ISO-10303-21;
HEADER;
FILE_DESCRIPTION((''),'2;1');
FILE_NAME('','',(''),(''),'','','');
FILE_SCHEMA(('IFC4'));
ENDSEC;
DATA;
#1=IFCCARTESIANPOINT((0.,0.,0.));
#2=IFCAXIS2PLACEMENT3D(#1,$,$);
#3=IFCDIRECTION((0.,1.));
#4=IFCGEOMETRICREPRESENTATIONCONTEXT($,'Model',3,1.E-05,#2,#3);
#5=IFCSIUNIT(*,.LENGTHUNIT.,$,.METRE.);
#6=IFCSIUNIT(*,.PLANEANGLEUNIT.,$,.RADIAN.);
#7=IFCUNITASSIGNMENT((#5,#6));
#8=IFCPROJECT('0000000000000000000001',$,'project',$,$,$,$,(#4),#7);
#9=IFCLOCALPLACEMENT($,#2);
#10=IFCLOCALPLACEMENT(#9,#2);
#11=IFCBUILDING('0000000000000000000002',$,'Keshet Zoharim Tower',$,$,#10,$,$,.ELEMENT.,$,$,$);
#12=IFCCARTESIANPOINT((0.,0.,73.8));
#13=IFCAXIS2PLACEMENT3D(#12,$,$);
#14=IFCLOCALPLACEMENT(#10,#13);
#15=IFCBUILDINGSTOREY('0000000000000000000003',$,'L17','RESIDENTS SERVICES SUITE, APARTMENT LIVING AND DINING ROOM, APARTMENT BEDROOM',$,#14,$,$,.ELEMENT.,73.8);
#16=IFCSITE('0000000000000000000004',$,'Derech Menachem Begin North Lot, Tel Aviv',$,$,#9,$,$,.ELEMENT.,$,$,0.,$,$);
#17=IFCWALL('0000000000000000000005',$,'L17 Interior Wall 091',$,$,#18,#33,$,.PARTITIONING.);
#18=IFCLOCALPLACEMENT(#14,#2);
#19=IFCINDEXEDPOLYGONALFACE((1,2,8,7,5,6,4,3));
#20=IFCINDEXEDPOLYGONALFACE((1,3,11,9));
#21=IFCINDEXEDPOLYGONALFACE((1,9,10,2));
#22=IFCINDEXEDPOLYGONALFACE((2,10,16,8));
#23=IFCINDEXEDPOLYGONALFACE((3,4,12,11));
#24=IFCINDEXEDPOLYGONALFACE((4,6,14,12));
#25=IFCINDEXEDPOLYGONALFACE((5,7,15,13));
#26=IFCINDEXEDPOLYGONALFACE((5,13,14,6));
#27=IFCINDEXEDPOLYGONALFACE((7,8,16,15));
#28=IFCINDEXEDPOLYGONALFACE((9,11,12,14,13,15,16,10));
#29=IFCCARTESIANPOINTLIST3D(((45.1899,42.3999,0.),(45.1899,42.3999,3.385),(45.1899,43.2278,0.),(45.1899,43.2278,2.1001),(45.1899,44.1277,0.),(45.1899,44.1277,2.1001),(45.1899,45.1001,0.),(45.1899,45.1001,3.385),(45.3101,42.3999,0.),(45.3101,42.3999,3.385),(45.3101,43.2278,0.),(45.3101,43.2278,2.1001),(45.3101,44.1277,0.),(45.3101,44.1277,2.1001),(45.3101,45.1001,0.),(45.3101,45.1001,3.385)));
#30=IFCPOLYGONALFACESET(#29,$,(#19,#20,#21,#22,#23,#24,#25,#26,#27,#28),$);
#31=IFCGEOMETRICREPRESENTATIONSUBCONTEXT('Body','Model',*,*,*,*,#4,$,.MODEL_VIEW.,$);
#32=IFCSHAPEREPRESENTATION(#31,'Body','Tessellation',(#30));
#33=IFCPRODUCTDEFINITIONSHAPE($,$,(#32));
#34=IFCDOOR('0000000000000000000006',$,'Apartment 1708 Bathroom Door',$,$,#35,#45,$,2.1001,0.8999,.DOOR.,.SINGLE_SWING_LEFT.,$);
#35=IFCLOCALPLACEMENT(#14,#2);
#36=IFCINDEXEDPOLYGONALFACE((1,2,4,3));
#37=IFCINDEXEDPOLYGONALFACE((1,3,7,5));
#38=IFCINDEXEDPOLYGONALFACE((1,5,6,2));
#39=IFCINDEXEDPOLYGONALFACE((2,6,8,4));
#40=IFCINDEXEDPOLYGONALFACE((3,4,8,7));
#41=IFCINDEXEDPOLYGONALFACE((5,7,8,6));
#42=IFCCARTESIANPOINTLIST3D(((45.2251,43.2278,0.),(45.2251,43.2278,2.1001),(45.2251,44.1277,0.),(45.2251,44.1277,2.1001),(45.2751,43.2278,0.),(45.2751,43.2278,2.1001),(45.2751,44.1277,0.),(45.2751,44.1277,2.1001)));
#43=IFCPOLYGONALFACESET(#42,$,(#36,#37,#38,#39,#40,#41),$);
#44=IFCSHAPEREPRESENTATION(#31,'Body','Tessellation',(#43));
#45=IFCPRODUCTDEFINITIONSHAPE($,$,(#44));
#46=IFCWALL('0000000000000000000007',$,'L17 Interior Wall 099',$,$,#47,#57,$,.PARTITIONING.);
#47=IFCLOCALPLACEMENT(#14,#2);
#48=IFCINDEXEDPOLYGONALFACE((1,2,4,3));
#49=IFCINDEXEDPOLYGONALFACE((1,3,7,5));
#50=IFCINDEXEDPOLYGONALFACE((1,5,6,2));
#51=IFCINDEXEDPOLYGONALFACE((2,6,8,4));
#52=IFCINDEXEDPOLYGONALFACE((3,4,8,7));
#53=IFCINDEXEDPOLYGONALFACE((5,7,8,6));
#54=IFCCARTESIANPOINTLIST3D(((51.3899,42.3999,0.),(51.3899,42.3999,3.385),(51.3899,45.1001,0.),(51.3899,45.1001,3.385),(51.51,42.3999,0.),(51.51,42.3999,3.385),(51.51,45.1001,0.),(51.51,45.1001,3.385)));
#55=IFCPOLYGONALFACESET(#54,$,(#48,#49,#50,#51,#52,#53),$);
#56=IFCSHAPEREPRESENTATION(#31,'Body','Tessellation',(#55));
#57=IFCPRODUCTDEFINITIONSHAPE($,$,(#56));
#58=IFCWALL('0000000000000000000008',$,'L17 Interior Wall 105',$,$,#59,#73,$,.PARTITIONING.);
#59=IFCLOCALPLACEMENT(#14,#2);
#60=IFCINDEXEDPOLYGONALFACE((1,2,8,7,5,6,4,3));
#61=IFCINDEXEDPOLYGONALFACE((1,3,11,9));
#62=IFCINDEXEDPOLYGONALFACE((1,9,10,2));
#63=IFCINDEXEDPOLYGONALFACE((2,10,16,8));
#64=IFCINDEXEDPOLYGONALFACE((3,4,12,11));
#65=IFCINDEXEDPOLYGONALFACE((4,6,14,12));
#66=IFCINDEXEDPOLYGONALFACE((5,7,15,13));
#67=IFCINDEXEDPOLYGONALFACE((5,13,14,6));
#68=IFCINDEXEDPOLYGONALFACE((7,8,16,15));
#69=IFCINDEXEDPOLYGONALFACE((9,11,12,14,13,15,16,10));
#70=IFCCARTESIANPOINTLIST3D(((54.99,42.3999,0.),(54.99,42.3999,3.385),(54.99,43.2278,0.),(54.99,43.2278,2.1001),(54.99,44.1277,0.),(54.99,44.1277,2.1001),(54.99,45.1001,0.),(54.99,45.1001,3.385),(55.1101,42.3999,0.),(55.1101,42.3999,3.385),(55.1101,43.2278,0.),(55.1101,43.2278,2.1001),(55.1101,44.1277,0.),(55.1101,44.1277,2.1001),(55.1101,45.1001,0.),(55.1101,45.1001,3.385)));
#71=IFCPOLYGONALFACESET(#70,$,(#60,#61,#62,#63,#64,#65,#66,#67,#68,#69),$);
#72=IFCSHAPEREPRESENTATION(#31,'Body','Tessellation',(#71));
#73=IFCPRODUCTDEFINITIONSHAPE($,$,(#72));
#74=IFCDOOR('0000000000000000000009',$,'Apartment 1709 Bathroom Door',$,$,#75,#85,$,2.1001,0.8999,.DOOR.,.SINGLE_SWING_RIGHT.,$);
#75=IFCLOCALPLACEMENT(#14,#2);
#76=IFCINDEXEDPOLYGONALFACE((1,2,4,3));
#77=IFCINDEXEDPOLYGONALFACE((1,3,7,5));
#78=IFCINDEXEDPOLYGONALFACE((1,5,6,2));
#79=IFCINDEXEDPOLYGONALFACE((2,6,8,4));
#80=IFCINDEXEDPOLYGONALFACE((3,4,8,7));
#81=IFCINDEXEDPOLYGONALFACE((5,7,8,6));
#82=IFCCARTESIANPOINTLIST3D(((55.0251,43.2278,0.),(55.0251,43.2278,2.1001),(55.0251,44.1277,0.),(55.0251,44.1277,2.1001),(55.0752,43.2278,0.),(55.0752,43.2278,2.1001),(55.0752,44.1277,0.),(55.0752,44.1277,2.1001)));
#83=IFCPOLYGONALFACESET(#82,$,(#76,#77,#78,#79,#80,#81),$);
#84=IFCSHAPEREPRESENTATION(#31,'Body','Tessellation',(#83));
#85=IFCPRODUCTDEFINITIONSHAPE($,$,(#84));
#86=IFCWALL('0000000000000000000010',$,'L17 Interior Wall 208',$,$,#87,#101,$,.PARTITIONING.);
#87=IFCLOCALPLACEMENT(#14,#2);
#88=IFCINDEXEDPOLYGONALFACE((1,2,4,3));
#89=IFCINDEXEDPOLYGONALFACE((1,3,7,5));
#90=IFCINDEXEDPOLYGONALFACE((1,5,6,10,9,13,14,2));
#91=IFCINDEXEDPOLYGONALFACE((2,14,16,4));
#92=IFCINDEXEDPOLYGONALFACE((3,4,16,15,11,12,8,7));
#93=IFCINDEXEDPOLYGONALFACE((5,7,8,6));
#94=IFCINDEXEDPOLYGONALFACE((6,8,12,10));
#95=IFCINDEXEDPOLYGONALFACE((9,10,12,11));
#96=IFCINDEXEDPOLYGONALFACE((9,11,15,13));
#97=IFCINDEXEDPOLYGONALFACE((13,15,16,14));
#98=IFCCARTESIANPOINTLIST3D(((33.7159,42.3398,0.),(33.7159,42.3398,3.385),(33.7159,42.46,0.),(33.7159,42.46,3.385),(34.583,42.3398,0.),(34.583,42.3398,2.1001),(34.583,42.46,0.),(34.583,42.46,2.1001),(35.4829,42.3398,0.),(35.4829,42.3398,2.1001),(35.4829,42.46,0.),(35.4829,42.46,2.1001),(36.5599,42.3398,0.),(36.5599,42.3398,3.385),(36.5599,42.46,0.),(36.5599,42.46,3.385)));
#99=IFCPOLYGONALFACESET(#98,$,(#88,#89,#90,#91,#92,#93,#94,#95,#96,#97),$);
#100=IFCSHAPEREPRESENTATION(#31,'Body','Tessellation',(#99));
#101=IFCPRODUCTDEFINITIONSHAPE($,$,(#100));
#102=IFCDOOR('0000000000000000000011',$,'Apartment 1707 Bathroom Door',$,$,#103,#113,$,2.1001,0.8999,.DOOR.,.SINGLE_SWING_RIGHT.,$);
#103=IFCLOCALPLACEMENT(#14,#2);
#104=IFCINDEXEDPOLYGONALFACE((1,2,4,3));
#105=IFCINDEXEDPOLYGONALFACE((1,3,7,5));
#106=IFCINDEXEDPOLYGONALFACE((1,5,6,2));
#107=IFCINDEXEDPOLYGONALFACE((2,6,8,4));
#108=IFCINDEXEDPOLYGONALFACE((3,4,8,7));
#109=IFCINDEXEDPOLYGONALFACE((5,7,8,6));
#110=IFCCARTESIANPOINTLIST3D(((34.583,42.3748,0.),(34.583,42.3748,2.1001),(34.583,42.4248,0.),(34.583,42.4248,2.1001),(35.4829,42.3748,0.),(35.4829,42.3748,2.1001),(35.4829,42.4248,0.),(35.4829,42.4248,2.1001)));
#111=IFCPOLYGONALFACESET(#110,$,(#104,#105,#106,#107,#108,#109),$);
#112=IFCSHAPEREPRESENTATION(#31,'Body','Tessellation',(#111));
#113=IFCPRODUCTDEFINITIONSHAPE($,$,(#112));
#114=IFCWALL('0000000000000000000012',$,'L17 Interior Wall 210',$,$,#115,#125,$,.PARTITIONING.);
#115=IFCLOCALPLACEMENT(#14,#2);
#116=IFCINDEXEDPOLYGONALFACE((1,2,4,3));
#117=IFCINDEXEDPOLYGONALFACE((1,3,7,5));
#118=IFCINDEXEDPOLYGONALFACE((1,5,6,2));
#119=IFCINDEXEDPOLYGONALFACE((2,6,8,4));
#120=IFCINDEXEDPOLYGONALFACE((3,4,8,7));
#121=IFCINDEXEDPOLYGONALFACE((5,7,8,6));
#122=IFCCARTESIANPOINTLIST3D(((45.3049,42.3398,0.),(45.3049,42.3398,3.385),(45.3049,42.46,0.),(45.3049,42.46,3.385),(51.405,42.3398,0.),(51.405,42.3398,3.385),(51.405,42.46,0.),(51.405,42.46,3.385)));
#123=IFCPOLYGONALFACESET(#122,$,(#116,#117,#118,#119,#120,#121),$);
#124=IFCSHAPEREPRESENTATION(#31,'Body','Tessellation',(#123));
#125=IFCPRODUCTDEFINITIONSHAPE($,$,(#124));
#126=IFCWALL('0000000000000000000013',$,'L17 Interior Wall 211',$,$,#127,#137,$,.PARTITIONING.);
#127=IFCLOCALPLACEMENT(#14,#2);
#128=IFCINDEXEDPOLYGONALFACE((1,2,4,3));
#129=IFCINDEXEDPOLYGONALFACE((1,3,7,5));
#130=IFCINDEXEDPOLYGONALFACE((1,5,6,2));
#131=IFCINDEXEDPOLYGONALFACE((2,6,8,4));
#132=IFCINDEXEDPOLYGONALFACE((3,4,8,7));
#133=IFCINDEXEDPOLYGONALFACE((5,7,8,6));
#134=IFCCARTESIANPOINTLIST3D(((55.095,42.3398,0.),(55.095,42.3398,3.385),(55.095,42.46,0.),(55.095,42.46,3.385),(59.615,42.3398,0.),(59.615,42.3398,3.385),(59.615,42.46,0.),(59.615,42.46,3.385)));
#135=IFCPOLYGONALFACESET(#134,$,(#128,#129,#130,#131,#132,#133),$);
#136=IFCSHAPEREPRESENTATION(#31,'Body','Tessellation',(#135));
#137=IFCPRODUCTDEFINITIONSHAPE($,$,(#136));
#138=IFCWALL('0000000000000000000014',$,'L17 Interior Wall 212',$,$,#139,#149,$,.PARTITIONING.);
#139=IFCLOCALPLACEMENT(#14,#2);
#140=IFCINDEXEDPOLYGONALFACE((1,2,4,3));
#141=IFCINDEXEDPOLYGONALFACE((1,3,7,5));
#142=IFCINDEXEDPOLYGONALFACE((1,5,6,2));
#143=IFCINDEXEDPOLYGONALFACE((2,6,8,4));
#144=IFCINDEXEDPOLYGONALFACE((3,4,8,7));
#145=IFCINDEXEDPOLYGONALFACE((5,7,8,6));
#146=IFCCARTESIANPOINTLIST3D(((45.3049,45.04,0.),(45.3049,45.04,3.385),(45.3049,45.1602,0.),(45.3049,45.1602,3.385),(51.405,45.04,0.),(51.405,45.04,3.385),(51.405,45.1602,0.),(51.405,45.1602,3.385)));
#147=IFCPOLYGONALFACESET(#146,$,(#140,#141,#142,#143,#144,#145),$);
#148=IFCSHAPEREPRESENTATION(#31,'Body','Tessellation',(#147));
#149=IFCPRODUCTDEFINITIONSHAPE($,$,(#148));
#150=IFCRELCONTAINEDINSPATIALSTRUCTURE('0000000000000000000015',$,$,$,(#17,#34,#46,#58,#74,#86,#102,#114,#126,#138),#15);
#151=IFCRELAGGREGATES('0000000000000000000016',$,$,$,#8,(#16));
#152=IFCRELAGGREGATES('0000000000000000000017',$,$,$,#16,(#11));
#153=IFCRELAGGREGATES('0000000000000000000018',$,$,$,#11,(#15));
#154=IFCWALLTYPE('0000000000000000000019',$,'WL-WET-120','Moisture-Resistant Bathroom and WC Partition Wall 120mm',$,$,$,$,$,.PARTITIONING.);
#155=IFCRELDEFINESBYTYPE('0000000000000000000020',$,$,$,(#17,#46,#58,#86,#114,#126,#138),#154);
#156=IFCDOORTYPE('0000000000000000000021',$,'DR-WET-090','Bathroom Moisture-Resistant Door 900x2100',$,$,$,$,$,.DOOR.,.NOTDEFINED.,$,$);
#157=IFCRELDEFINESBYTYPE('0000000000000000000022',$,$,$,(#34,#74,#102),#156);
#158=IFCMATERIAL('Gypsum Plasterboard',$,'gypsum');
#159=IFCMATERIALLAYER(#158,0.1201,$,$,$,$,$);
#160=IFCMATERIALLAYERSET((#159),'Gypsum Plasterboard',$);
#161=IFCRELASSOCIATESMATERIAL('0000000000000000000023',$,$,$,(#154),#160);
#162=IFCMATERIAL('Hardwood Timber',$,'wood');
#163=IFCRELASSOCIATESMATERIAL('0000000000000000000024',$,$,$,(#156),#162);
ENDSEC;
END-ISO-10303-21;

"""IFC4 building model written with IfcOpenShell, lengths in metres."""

from ifc_helpers import new_model, si_unit, direction, frame, frame_2d, origin, place, context, subcontext, project, spatial, rectangle, extrude, material, layer, layer_set, type_object, element, fill, save


model = new_model("IFC4")

# Units and contexts
model_context = context("Model", 3, precision=1e-05, world=origin(), true_north=direction((0.0, 1.0)))
body_context = subcontext(model_context, "Body", "Model", "MODEL_VIEW")
ifc_project = project(units=[si_unit("LENGTHUNIT", "METRE"), si_unit("PLANEANGLEUNIT", "RADIAN")], contexts=[model_context])

# Site, building, storey
site_placement = place(None, origin())
site = spatial("IfcSite", under=ifc_project, at=site_placement, Name="Derech Menachem Begin North Lot, Tel Aviv", CompositionType="ELEMENT", RefElevation=0.0)
building_placement = place(site_placement, origin())
building = spatial("IfcBuilding", under=site, at=building_placement, Name="Keshet Zoharim Tower", CompositionType="ELEMENT")
storey_placement = place(building_placement, frame((0.0, 0.0, 73.8)))
storey = spatial("IfcBuildingStorey", under=building, at=storey_placement, Name="L17", Description="RESIDENTS SERVICES SUITE, APARTMENT LIVING AND DINING ROOM, APARTMENT BEDROOM", CompositionType="ELEMENT", Elevation=73.8)

# Shared definitions
ifc_material_1 = material(Name="Gypsum Plasterboard", Category="gypsum")

# Shared definitions
ifc_material_2 = material(Name="Hardwood Timber", Category="wood")

# Wall, opening, door
ifc_layer_1 = layer(ifc_material_1, 0.1201)
ifc_layer_set_1 = layer_set([ifc_layer_1], Name="Gypsum Plasterboard")
wall_type_1 = type_object("IfcWallType", Name="WL-WET-120", Description="Moisture-Resistant Bathroom and WC Partition Wall 120mm", PredefinedType="PARTITIONING", material=ifc_layer_set_1)
wall_1_placement = place(storey_placement, frame((45.25, 42.3999, 0.0), z_axis=(0.0, 0.0, 1.0), x_axis=(0.0, 1.0, 0.0)))
wall_1 = element("IfcWall", 1, at=wall_1_placement, inside=storey, type_object=wall_type_1, Name="L17 Interior Wall 091", PredefinedType="PARTITIONING", context=body_context, shape_type="SweptSolid", body=[
    extrude(rectangle(XDim=2.7002, YDim=0.1201, at=frame_2d((1.3501, 0.0))), origin(), (0.0, 0.0, 1.0), 3.385),
])
opening_1_placement = place(wall_1_placement, frame((0.8279, 0.0, 0.0)))
opening_1 = element("IfcOpeningElement", 2, at=opening_1_placement, cuts=wall_1, PredefinedType="OPENING", context=body_context, shape_type="SweptSolid", body=[
    extrude(rectangle(XDim=0.8999, YDim=2.1001, at=frame_2d((0.45, 1.05))), frame((0.0, 0.0701, 0.0), z_axis=(0.0, -1.0, 0.0), x_axis=(1.0, 0.0, 0.0)), (0.0, 0.0, 1.0), 0.1401),
])
door_type_1 = type_object("IfcDoorType", Name="DR-WET-090", Description="Bathroom Moisture-Resistant Door 900x2100", OperationType="NOTDEFINED", PredefinedType="DOOR", material=ifc_material_2)
door_1_placement = place(opening_1_placement, origin())
door_1 = element("IfcDoor", 3, at=door_1_placement, inside=storey, type_object=door_type_1, Name="Apartment 1708 Bathroom Door", OperationType="SINGLE_SWING_LEFT", OverallHeight=2.1001, OverallWidth=0.8999, PredefinedType="DOOR", context=body_context, shape_type="SweptSolid", body=[
    extrude(rectangle(XDim=0.8999, YDim=2.1001, at=frame_2d((0.45, 1.05))), frame((0.0, 0.0249, 0.0), z_axis=(0.0, -1.0, 0.0), x_axis=(1.0, 0.0, 0.0)), (0.0, 0.0, 1.0), 0.05),
])
fill(opening_1, door_1)

# Wall
wall_2_placement = place(storey_placement, frame((51.45, 42.3999, 0.0), z_axis=(0.0, 0.0, 1.0), x_axis=(0.0, 1.0, 0.0)))
element("IfcWall", 4, at=wall_2_placement, inside=storey, type_object=wall_type_1, Name="L17 Interior Wall 099", PredefinedType="PARTITIONING", context=body_context, shape_type="SweptSolid", body=[
    extrude(rectangle(XDim=2.7002, YDim=0.1201, at=frame_2d((1.3501, 0.0))), origin(), (0.0, 0.0, 1.0), 3.385),
])

# Walls, openings, doors
wall_3_placement = place(storey_placement, frame((55.05, 42.3999, 0.0), z_axis=(0.0, 0.0, 1.0), x_axis=(0.0, 1.0, 0.0)))
wall_3 = element("IfcWall", 5, at=wall_3_placement, inside=storey, type_object=wall_type_1, Name="L17 Interior Wall 105", PredefinedType="PARTITIONING", context=body_context, shape_type="SweptSolid", body=[
    extrude(rectangle(XDim=2.7002, YDim=0.1201, at=frame_2d((1.3501, 0.0))), origin(), (0.0, 0.0, 1.0), 3.385),
])
opening_2_placement = place(wall_3_placement, frame((0.8279, 0.0, 0.0)))
opening_2 = element("IfcOpeningElement", 6, at=opening_2_placement, cuts=wall_3, PredefinedType="OPENING", context=body_context, shape_type="SweptSolid", body=[
    extrude(rectangle(XDim=0.8999, YDim=2.1001, at=frame_2d((0.45, 1.05))), frame((0.0, 0.0701, 0.0), z_axis=(0.0, -1.0, 0.0), x_axis=(1.0, 0.0, 0.0)), (0.0, 0.0, 1.0), 0.1401),
])
door_2_placement = place(opening_2_placement, origin())
door_2 = element("IfcDoor", 7, at=door_2_placement, inside=storey, type_object=door_type_1, Name="Apartment 1709 Bathroom Door", OperationType="SINGLE_SWING_RIGHT", OverallHeight=2.1001, OverallWidth=0.8999, PredefinedType="DOOR", context=body_context, shape_type="SweptSolid", body=[
    extrude(rectangle(XDim=0.8999, YDim=2.1001, at=frame_2d((0.45, 1.05))), frame((0.0, 0.0249, 0.0), z_axis=(0.0, -1.0, 0.0), x_axis=(1.0, 0.0, 0.0)), (0.0, 0.0, 1.0), 0.05),
])
fill(opening_2, door_2)
wall_4_placement = place(storey_placement, frame((33.7161, 42.3999, 0.0), z_axis=(0.0, 0.0, 1.0), x_axis=(1.0, 0.0, 0.0)))
wall_4 = element("IfcWall", 8, at=wall_4_placement, inside=storey, type_object=wall_type_1, Name="L17 Interior Wall 208", PredefinedType="PARTITIONING", context=body_context, shape_type="SweptSolid", body=[
    extrude(rectangle(XDim=2.844, YDim=0.1201, at=frame_2d((1.4219, 0.0))), origin(), (0.0, 0.0, 1.0), 3.385),
])
opening_3_placement = place(wall_4_placement, frame((0.8669, 0.0, 0.0)))
opening_3 = element("IfcOpeningElement", 9, at=opening_3_placement, cuts=wall_4, PredefinedType="OPENING", context=body_context, shape_type="SweptSolid", body=[
    extrude(rectangle(XDim=0.8999, YDim=2.1001, at=frame_2d((0.45, 1.05))), frame((0.0, 0.0701, 0.0), z_axis=(0.0, -1.0, 0.0), x_axis=(1.0, 0.0, 0.0)), (0.0, 0.0, 1.0), 0.1401),
])
door_3_placement = place(opening_3_placement, origin())
door_3 = element("IfcDoor", 10, at=door_3_placement, inside=storey, type_object=door_type_1, Name="Apartment 1707 Bathroom Door", OperationType="SINGLE_SWING_RIGHT", OverallHeight=2.1001, OverallWidth=0.8999, PredefinedType="DOOR", context=body_context, shape_type="SweptSolid", body=[
    extrude(rectangle(XDim=0.8999, YDim=2.1001, at=frame_2d((0.45, 1.05))), frame((0.0, 0.0249, 0.0), z_axis=(0.0, -1.0, 0.0), x_axis=(1.0, 0.0, 0.0)), (0.0, 0.0, 1.0), 0.05),
])
fill(opening_3, door_3)

# Walls
wall_5_placement = place(storey_placement, frame((45.3049, 42.3999, 0.0), z_axis=(0.0, 0.0, 1.0), x_axis=(1.0, 0.0, 0.0)))
element("IfcWall", 11, at=wall_5_placement, inside=storey, type_object=wall_type_1, Name="L17 Interior Wall 210", PredefinedType="PARTITIONING", context=body_context, shape_type="SweptSolid", body=[
    extrude(rectangle(XDim=6.1001, YDim=0.1201, at=frame_2d((3.05, 0.0))), origin(), (0.0, 0.0, 1.0), 3.385),
])
wall_6_placement = place(storey_placement, frame((55.095, 42.3999, 0.0), z_axis=(0.0, 0.0, 1.0), x_axis=(1.0, 0.0, 0.0)))
element("IfcWall", 12, at=wall_6_placement, inside=storey, type_object=wall_type_1, Name="L17 Interior Wall 211", PredefinedType="PARTITIONING", context=body_context, shape_type="SweptSolid", body=[
    extrude(rectangle(XDim=4.52, YDim=0.1201, at=frame_2d((2.26, 0.0))), origin(), (0.0, 0.0, 1.0), 3.385),
])
wall_7_placement = place(storey_placement, frame((45.3049, 45.1001, 0.0), z_axis=(0.0, 0.0, 1.0), x_axis=(1.0, 0.0, 0.0)))
element("IfcWall", 13, at=wall_7_placement, inside=storey, type_object=wall_type_1, Name="L17 Interior Wall 212", PredefinedType="PARTITIONING", context=body_context, shape_type="SweptSolid", body=[
    extrude(rectangle(XDim=6.1001, YDim=0.1201, at=frame_2d((3.05, 0.0))), origin(), (0.0, 0.0, 1.0), 3.385),
])

save(model, "model.ifc")
